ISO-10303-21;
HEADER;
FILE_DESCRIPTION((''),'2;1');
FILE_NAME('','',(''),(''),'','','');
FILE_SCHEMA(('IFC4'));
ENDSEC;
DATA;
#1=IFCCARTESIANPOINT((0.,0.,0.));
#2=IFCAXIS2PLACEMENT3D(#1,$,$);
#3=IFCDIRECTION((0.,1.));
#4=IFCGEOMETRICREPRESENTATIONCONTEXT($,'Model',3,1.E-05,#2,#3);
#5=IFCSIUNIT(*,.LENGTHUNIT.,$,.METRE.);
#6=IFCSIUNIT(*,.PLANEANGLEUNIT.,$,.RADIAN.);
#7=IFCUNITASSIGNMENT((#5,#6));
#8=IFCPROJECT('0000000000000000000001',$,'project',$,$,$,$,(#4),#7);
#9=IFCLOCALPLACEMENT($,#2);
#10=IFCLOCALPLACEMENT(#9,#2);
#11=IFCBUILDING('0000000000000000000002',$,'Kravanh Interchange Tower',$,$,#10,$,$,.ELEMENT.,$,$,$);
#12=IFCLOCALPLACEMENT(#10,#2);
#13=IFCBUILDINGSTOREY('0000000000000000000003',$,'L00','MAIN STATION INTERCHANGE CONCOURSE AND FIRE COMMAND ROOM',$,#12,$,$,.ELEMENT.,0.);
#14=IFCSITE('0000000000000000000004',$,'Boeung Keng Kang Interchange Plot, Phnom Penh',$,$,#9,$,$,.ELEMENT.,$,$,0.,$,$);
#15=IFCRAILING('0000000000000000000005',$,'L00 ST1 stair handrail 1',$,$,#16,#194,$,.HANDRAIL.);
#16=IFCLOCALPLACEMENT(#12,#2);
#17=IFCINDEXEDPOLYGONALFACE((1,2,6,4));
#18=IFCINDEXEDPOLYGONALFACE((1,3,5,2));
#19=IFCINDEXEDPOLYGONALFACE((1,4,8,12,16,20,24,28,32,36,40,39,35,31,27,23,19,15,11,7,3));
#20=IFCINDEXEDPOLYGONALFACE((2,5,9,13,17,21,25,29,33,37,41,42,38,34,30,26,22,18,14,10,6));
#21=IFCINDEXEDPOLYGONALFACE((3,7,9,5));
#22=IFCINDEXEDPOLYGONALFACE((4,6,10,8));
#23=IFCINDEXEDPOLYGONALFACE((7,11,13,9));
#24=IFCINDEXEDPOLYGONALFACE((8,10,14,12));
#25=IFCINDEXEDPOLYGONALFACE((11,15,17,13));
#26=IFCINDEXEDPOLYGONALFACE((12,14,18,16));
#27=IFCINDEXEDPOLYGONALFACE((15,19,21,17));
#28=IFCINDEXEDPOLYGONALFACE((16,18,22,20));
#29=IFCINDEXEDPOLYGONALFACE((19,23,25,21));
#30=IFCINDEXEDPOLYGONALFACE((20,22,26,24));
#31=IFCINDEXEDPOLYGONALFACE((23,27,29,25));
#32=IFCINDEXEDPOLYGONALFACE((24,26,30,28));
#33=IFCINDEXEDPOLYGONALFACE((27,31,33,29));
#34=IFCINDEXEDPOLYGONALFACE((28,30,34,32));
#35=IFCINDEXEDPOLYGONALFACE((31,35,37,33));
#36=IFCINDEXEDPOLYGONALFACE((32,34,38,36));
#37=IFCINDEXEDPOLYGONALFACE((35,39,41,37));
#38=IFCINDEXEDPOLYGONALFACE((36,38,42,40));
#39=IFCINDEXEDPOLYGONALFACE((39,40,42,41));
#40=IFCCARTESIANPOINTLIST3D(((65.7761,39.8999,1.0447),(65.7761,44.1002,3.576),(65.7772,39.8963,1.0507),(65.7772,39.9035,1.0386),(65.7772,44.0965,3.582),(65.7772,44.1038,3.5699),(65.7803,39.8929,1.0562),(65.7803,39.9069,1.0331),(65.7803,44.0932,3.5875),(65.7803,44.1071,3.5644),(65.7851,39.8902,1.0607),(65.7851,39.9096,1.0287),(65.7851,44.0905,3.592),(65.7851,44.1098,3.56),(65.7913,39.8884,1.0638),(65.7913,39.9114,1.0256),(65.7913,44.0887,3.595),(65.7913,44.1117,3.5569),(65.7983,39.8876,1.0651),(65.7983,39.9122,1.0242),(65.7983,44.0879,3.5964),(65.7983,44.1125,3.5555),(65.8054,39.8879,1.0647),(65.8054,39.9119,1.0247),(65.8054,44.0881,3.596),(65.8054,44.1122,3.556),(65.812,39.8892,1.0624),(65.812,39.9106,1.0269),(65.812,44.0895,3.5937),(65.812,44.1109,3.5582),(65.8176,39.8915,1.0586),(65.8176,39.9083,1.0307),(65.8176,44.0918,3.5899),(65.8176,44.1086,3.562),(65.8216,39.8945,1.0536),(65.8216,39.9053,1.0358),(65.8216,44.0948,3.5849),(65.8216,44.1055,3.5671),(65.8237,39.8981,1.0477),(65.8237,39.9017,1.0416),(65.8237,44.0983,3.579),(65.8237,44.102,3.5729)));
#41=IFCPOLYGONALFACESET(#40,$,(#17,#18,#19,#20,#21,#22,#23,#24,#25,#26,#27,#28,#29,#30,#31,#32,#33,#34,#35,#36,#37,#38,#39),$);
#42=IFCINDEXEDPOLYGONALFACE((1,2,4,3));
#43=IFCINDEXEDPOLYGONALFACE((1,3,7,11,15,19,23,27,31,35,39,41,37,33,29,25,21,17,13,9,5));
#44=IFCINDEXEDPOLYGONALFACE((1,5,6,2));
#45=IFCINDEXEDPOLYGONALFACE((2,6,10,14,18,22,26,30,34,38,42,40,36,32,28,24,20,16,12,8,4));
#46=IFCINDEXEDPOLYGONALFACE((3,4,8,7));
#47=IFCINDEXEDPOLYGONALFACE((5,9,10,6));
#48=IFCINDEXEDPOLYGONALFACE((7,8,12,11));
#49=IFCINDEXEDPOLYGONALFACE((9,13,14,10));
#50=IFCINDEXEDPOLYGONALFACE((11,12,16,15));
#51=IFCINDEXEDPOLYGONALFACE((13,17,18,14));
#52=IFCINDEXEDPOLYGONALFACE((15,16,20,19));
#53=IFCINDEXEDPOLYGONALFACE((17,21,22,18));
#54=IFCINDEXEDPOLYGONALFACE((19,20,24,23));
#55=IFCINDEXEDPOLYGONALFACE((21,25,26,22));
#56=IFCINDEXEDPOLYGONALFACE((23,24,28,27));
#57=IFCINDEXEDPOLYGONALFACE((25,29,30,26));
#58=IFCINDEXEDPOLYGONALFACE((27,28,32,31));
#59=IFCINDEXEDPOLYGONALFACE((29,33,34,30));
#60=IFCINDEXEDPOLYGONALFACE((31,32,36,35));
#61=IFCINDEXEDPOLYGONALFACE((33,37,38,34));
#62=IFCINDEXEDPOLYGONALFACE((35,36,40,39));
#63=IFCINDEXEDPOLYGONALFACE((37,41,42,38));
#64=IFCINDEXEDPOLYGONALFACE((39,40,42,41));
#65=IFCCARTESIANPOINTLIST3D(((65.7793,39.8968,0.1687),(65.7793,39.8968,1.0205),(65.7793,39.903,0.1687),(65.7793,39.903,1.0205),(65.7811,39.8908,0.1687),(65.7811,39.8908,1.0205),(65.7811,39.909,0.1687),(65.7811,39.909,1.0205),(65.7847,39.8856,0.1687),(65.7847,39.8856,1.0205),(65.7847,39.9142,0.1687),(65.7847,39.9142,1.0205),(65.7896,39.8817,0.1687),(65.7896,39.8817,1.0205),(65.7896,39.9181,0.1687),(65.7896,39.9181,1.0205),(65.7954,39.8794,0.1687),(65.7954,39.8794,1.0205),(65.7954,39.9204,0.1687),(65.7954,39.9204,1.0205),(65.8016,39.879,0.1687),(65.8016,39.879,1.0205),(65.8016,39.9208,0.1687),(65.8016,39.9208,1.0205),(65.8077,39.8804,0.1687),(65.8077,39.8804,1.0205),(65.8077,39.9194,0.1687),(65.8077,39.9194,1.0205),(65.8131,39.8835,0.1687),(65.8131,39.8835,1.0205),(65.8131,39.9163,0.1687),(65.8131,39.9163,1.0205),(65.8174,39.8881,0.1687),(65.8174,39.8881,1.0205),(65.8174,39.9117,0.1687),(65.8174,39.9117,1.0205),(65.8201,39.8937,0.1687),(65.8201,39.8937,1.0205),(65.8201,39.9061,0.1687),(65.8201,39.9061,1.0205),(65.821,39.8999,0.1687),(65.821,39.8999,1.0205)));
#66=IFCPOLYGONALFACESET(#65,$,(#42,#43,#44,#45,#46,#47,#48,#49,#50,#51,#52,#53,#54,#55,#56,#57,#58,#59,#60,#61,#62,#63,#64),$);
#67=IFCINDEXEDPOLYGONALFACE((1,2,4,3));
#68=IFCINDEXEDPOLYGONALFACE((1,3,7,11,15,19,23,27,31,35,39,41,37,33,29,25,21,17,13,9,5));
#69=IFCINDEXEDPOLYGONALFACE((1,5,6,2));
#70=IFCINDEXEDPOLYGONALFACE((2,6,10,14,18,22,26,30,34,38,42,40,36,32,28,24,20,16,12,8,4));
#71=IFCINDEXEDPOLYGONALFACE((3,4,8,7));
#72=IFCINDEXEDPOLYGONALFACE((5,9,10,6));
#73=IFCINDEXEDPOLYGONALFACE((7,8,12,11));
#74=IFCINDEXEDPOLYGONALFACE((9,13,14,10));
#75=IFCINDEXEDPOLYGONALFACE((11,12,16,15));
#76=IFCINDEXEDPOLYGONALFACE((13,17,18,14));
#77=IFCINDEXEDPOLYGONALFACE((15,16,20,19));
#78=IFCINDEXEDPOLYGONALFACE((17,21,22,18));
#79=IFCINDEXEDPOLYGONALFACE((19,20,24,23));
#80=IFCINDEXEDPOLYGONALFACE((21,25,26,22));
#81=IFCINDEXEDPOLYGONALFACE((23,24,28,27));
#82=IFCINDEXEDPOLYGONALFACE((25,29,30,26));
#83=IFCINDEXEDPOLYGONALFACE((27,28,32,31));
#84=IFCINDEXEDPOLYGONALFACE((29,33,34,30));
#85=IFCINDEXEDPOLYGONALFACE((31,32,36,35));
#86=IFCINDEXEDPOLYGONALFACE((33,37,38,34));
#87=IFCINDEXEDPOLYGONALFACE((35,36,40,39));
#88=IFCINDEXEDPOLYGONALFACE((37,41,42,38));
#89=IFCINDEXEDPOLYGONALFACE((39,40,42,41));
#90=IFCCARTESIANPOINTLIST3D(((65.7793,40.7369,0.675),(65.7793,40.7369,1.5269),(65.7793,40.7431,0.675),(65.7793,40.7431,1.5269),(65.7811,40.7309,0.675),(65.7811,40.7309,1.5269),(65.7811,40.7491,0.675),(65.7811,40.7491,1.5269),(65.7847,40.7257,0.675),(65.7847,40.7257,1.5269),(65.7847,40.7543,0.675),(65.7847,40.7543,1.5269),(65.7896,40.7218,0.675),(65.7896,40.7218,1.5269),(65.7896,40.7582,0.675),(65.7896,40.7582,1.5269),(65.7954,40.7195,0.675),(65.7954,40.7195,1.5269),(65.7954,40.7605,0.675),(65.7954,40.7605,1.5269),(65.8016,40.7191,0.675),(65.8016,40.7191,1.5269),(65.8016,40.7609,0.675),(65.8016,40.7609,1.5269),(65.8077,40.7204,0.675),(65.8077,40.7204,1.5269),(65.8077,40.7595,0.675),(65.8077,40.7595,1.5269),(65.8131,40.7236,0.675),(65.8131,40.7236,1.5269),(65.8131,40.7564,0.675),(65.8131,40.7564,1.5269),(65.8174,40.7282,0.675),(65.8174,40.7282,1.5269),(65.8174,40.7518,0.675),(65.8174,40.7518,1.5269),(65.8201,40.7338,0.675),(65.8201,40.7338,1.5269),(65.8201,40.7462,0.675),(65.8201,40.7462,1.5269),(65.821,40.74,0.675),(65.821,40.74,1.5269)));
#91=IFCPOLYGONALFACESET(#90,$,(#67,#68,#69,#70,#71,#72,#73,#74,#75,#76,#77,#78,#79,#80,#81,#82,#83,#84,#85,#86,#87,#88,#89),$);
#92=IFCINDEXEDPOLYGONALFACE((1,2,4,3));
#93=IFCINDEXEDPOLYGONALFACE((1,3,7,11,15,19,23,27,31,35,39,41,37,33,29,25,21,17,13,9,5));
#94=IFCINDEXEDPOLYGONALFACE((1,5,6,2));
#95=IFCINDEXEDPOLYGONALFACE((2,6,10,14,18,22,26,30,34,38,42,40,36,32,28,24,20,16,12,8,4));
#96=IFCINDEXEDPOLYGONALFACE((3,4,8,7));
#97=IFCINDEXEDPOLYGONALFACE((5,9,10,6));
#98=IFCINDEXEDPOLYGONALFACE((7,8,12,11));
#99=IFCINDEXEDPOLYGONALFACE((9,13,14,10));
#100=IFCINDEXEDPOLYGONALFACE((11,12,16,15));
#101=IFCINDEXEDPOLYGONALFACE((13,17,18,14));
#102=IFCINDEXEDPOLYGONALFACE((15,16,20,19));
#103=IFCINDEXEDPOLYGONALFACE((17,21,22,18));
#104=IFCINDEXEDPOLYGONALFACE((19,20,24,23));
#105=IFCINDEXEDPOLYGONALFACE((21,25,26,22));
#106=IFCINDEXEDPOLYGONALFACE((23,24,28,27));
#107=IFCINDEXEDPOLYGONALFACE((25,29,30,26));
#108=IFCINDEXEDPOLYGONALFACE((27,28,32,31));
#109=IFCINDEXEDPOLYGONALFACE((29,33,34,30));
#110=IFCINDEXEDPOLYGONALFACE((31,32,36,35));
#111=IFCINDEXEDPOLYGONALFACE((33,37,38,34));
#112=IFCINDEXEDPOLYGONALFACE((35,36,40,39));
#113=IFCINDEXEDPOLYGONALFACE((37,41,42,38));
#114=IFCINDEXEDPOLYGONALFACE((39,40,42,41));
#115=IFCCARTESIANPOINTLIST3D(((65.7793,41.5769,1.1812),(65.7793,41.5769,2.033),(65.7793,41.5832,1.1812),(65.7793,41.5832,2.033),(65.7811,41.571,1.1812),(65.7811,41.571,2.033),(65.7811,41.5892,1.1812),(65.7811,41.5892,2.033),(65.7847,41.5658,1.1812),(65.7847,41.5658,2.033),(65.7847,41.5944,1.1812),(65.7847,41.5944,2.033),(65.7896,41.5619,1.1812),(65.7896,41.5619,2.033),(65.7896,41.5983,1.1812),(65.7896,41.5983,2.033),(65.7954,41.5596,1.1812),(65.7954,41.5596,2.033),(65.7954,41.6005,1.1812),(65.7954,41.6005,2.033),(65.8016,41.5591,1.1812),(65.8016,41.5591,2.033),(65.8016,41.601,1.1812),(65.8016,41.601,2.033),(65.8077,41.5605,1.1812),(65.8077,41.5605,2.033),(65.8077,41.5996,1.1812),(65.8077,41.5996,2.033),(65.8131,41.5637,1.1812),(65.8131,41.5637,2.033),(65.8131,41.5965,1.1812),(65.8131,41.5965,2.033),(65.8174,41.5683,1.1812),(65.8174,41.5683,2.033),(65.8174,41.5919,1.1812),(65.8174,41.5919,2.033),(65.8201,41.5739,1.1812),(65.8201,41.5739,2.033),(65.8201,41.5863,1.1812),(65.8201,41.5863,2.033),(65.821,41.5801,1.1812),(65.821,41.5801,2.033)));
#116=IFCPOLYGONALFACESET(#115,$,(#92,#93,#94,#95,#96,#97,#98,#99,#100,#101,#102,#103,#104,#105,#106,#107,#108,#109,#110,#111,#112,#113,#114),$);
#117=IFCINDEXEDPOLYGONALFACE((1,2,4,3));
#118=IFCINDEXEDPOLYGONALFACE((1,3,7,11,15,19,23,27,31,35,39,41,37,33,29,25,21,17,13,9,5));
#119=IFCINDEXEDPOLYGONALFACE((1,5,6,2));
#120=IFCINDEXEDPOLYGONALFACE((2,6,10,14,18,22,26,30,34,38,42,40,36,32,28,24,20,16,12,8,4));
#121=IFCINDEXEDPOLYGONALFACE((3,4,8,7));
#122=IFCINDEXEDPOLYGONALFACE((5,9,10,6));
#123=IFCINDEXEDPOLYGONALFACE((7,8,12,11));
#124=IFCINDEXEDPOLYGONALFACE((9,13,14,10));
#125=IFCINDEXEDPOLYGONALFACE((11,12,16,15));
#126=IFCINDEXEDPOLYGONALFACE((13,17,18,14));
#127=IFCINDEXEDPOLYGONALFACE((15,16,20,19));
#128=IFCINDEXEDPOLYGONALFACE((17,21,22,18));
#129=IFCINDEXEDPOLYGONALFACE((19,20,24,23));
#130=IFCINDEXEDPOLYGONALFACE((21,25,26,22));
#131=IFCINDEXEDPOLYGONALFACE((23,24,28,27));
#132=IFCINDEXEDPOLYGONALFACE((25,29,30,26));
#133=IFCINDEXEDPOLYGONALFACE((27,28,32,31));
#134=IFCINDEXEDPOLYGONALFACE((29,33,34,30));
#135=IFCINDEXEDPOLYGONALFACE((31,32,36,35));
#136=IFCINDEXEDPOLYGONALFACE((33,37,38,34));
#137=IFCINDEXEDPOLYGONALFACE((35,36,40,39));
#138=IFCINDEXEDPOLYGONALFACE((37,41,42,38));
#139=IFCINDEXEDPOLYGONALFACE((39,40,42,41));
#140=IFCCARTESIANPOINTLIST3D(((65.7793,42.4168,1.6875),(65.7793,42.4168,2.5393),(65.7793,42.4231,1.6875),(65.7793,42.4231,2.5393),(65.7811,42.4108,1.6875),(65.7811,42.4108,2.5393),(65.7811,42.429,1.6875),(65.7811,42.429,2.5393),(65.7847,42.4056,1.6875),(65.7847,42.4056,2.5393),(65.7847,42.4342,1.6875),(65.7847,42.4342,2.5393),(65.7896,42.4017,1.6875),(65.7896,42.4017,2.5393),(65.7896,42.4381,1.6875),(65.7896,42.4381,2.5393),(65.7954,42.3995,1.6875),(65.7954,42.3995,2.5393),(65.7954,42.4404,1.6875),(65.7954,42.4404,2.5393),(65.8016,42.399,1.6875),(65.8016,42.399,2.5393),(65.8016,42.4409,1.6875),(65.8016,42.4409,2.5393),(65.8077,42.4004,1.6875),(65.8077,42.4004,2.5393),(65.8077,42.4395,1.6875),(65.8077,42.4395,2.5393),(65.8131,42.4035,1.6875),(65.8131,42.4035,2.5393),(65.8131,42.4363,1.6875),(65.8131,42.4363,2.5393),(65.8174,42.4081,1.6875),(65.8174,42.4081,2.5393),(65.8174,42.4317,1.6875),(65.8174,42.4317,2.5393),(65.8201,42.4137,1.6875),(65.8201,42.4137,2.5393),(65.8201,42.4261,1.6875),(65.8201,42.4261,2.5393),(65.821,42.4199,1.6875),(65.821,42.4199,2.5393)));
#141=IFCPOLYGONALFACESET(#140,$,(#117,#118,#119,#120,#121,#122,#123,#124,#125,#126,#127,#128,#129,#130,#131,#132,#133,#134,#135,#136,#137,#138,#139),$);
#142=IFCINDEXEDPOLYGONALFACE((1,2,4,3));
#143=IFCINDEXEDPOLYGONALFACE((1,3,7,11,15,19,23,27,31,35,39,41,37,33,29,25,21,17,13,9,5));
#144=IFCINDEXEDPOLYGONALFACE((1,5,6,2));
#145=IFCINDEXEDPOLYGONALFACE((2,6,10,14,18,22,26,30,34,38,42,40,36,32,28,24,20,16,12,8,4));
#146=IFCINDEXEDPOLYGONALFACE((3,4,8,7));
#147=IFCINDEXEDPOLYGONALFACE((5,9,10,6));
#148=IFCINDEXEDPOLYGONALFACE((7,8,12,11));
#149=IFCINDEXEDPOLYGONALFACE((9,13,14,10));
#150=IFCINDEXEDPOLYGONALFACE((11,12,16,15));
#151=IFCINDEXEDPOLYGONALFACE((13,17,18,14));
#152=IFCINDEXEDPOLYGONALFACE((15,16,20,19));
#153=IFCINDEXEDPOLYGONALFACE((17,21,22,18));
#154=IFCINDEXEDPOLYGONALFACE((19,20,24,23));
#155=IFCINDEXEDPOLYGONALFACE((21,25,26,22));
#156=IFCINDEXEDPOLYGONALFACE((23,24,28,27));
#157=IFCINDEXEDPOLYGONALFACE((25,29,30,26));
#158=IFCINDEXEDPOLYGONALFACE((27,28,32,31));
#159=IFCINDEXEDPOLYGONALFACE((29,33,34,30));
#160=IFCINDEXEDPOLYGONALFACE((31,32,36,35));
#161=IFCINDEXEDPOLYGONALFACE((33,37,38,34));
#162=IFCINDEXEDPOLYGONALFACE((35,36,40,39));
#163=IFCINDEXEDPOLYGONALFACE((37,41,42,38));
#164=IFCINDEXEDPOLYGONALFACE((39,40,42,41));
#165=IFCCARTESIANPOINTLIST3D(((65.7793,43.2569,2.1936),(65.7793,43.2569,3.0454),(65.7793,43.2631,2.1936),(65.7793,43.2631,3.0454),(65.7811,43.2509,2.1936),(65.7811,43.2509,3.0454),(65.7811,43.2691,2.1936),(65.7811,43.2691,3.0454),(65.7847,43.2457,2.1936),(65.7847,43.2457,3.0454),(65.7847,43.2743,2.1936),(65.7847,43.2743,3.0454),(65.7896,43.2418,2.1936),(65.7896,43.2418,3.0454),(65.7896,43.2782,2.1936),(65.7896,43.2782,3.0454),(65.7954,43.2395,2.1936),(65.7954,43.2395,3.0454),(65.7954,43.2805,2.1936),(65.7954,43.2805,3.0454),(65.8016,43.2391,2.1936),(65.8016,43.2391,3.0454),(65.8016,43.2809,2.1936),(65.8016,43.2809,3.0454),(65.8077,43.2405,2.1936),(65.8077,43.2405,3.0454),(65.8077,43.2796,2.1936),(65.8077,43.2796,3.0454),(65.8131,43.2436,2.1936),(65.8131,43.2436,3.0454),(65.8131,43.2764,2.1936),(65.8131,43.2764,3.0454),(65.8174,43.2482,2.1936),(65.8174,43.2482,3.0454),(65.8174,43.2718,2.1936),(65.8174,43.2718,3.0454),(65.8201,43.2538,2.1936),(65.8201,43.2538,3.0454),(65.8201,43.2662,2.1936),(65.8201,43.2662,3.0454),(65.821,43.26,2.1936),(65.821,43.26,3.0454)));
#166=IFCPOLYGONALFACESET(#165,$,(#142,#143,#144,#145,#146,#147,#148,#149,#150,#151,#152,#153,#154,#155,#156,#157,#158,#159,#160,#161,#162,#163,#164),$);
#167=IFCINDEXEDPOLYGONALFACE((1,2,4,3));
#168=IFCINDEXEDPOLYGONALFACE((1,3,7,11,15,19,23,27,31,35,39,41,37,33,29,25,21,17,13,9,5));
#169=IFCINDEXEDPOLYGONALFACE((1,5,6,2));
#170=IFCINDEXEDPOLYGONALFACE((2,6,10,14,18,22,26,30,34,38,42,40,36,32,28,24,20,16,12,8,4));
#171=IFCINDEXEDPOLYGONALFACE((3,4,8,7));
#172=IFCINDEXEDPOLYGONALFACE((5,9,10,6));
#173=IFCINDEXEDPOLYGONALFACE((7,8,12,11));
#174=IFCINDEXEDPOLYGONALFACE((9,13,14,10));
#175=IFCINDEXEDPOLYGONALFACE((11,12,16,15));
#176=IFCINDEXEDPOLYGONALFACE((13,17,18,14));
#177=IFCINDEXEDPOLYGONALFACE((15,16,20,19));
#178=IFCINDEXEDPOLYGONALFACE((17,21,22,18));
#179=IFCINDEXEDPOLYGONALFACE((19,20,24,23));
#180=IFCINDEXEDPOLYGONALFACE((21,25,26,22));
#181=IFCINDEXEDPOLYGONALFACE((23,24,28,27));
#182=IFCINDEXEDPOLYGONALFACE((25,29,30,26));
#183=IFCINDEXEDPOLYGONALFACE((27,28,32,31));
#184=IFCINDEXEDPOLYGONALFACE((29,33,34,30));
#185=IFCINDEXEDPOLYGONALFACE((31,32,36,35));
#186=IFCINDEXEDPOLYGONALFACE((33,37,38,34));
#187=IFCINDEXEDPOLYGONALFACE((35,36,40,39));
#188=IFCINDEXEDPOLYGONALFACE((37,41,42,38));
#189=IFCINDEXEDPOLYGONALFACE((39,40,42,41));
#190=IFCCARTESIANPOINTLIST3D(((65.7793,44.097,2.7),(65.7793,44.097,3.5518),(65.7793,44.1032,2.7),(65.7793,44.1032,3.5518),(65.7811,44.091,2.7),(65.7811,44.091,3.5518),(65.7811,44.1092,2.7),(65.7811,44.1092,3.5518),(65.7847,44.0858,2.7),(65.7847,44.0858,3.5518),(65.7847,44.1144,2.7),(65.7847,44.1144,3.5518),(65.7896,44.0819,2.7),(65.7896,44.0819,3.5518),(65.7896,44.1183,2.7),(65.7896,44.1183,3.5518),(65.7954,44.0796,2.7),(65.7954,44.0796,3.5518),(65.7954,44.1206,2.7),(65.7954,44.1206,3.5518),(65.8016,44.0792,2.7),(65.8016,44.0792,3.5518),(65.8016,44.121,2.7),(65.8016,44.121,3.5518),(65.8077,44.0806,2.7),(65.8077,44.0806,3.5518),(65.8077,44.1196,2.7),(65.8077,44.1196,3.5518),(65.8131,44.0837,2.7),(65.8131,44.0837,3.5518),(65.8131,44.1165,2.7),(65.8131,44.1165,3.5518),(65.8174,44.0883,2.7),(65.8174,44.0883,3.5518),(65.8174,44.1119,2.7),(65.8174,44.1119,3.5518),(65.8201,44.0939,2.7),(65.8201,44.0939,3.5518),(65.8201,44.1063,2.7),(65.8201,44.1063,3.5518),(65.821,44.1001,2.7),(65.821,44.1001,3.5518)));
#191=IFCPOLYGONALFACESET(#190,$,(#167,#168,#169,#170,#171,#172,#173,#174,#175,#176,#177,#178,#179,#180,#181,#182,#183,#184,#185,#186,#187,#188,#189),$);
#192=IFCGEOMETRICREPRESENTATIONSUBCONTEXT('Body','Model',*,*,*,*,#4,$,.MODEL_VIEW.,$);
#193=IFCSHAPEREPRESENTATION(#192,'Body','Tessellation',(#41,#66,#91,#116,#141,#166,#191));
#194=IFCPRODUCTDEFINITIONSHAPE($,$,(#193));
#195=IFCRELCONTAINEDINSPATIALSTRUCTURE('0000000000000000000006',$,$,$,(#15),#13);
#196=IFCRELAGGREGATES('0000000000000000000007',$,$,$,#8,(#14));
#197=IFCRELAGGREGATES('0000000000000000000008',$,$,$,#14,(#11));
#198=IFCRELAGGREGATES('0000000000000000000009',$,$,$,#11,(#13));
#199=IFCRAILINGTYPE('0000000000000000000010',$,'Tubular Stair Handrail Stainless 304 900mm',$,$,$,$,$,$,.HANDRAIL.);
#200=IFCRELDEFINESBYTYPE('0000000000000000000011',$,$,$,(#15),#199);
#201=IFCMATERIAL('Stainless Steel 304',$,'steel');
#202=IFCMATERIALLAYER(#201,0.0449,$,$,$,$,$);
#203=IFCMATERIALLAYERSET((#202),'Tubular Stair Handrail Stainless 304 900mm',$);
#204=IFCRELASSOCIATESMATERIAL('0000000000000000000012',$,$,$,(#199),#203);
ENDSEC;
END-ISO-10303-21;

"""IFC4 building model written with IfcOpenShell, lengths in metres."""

from ifc_helpers import new_model, si_unit, direction, frame, origin, origin_2d, place, context, subcontext, project, spatial, circle, extrude, material, layer, layer_set, type_object, element, save


model = new_model("IFC4")

# Units and contexts
model_context = context("Model", 3, precision=1e-05, world=origin(), true_north=direction((0.0, 1.0)))
body_context = subcontext(model_context, "Body", "Model", "MODEL_VIEW")
ifc_project = project(units=[si_unit("LENGTHUNIT", "METRE"), si_unit("PLANEANGLEUNIT", "RADIAN")], contexts=[model_context])

# Site, building, storey
site_placement = place(None, origin())
site = spatial("IfcSite", under=ifc_project, at=site_placement, Name="Boeung Keng Kang Interchange Plot, Phnom Penh", CompositionType="ELEMENT", RefElevation=0.0)
building_placement = place(site_placement, origin())
building = spatial("IfcBuilding", under=site, at=building_placement, Name="Kravanh Interchange Tower", CompositionType="ELEMENT")
storey_placement = place(building_placement, origin())
storey = spatial("IfcBuildingStorey", under=building, at=storey_placement, Name="L00", Description="MAIN STATION INTERCHANGE CONCOURSE AND FIRE COMMAND ROOM", CompositionType="ELEMENT", Elevation=0.0)

# Railing
ifc_material_1 = material(Name="Stainless Steel 304", Category="steel")
ifc_layer_1 = layer(ifc_material_1, 0.0449)
ifc_layer_set_1 = layer_set([ifc_layer_1], Name="Tubular Stair Handrail Stainless 304 900mm")
railing_type_1 = type_object("IfcRailingType", Name="Tubular Stair Handrail Stainless 304 900mm", PredefinedType="HANDRAIL", material=ifc_layer_set_1)
railing_1_placement = place(storey_placement, frame((65.8, 39.8999, 0.1687)))
element("IfcRailing", 1, at=railing_1_placement, inside=storey, type_object=railing_type_1, Name="L00 ST1 stair handrail 1", PredefinedType="HANDRAIL", context=body_context, shape_type="SweptSolid", body=[
    extrude(circle(Radius=0.0239, at=origin_2d()), frame((0.0, 0.0, 0.876), z_axis=(0.0, 0.85649, 0.516164), x_axis=(-1.0, 0.0, 0.0)), (0.0, 0.0, 1.0), 4.9041),
    extrude(circle(Radius=0.021, at=origin_2d()), origin(), (0.0, 0.0, 1.0), 0.8518),
    extrude(circle(Radius=0.021, at=origin_2d()), frame((0.0, 0.8401, 0.5063)), (0.0, 0.0, 1.0), 0.8518),
    extrude(circle(Radius=0.021, at=origin_2d()), frame((0.0, 1.6802, 1.0125)), (0.0, 0.0, 1.0), 0.8518),
    extrude(circle(Radius=0.021, at=origin_2d()), frame((0.0, 2.52, 1.5188)), (0.0, 0.0, 1.0), 0.8518),
    extrude(circle(Radius=0.021, at=origin_2d()), frame((0.0, 3.3601, 2.0249)), (0.0, 0.0, 1.0), 0.8518),
    extrude(circle(Radius=0.021, at=origin_2d()), frame((0.0, 4.2002, 2.5312)), (0.0, 0.0, 1.0), 0.8518),
])

save(model, "model.ifc")
